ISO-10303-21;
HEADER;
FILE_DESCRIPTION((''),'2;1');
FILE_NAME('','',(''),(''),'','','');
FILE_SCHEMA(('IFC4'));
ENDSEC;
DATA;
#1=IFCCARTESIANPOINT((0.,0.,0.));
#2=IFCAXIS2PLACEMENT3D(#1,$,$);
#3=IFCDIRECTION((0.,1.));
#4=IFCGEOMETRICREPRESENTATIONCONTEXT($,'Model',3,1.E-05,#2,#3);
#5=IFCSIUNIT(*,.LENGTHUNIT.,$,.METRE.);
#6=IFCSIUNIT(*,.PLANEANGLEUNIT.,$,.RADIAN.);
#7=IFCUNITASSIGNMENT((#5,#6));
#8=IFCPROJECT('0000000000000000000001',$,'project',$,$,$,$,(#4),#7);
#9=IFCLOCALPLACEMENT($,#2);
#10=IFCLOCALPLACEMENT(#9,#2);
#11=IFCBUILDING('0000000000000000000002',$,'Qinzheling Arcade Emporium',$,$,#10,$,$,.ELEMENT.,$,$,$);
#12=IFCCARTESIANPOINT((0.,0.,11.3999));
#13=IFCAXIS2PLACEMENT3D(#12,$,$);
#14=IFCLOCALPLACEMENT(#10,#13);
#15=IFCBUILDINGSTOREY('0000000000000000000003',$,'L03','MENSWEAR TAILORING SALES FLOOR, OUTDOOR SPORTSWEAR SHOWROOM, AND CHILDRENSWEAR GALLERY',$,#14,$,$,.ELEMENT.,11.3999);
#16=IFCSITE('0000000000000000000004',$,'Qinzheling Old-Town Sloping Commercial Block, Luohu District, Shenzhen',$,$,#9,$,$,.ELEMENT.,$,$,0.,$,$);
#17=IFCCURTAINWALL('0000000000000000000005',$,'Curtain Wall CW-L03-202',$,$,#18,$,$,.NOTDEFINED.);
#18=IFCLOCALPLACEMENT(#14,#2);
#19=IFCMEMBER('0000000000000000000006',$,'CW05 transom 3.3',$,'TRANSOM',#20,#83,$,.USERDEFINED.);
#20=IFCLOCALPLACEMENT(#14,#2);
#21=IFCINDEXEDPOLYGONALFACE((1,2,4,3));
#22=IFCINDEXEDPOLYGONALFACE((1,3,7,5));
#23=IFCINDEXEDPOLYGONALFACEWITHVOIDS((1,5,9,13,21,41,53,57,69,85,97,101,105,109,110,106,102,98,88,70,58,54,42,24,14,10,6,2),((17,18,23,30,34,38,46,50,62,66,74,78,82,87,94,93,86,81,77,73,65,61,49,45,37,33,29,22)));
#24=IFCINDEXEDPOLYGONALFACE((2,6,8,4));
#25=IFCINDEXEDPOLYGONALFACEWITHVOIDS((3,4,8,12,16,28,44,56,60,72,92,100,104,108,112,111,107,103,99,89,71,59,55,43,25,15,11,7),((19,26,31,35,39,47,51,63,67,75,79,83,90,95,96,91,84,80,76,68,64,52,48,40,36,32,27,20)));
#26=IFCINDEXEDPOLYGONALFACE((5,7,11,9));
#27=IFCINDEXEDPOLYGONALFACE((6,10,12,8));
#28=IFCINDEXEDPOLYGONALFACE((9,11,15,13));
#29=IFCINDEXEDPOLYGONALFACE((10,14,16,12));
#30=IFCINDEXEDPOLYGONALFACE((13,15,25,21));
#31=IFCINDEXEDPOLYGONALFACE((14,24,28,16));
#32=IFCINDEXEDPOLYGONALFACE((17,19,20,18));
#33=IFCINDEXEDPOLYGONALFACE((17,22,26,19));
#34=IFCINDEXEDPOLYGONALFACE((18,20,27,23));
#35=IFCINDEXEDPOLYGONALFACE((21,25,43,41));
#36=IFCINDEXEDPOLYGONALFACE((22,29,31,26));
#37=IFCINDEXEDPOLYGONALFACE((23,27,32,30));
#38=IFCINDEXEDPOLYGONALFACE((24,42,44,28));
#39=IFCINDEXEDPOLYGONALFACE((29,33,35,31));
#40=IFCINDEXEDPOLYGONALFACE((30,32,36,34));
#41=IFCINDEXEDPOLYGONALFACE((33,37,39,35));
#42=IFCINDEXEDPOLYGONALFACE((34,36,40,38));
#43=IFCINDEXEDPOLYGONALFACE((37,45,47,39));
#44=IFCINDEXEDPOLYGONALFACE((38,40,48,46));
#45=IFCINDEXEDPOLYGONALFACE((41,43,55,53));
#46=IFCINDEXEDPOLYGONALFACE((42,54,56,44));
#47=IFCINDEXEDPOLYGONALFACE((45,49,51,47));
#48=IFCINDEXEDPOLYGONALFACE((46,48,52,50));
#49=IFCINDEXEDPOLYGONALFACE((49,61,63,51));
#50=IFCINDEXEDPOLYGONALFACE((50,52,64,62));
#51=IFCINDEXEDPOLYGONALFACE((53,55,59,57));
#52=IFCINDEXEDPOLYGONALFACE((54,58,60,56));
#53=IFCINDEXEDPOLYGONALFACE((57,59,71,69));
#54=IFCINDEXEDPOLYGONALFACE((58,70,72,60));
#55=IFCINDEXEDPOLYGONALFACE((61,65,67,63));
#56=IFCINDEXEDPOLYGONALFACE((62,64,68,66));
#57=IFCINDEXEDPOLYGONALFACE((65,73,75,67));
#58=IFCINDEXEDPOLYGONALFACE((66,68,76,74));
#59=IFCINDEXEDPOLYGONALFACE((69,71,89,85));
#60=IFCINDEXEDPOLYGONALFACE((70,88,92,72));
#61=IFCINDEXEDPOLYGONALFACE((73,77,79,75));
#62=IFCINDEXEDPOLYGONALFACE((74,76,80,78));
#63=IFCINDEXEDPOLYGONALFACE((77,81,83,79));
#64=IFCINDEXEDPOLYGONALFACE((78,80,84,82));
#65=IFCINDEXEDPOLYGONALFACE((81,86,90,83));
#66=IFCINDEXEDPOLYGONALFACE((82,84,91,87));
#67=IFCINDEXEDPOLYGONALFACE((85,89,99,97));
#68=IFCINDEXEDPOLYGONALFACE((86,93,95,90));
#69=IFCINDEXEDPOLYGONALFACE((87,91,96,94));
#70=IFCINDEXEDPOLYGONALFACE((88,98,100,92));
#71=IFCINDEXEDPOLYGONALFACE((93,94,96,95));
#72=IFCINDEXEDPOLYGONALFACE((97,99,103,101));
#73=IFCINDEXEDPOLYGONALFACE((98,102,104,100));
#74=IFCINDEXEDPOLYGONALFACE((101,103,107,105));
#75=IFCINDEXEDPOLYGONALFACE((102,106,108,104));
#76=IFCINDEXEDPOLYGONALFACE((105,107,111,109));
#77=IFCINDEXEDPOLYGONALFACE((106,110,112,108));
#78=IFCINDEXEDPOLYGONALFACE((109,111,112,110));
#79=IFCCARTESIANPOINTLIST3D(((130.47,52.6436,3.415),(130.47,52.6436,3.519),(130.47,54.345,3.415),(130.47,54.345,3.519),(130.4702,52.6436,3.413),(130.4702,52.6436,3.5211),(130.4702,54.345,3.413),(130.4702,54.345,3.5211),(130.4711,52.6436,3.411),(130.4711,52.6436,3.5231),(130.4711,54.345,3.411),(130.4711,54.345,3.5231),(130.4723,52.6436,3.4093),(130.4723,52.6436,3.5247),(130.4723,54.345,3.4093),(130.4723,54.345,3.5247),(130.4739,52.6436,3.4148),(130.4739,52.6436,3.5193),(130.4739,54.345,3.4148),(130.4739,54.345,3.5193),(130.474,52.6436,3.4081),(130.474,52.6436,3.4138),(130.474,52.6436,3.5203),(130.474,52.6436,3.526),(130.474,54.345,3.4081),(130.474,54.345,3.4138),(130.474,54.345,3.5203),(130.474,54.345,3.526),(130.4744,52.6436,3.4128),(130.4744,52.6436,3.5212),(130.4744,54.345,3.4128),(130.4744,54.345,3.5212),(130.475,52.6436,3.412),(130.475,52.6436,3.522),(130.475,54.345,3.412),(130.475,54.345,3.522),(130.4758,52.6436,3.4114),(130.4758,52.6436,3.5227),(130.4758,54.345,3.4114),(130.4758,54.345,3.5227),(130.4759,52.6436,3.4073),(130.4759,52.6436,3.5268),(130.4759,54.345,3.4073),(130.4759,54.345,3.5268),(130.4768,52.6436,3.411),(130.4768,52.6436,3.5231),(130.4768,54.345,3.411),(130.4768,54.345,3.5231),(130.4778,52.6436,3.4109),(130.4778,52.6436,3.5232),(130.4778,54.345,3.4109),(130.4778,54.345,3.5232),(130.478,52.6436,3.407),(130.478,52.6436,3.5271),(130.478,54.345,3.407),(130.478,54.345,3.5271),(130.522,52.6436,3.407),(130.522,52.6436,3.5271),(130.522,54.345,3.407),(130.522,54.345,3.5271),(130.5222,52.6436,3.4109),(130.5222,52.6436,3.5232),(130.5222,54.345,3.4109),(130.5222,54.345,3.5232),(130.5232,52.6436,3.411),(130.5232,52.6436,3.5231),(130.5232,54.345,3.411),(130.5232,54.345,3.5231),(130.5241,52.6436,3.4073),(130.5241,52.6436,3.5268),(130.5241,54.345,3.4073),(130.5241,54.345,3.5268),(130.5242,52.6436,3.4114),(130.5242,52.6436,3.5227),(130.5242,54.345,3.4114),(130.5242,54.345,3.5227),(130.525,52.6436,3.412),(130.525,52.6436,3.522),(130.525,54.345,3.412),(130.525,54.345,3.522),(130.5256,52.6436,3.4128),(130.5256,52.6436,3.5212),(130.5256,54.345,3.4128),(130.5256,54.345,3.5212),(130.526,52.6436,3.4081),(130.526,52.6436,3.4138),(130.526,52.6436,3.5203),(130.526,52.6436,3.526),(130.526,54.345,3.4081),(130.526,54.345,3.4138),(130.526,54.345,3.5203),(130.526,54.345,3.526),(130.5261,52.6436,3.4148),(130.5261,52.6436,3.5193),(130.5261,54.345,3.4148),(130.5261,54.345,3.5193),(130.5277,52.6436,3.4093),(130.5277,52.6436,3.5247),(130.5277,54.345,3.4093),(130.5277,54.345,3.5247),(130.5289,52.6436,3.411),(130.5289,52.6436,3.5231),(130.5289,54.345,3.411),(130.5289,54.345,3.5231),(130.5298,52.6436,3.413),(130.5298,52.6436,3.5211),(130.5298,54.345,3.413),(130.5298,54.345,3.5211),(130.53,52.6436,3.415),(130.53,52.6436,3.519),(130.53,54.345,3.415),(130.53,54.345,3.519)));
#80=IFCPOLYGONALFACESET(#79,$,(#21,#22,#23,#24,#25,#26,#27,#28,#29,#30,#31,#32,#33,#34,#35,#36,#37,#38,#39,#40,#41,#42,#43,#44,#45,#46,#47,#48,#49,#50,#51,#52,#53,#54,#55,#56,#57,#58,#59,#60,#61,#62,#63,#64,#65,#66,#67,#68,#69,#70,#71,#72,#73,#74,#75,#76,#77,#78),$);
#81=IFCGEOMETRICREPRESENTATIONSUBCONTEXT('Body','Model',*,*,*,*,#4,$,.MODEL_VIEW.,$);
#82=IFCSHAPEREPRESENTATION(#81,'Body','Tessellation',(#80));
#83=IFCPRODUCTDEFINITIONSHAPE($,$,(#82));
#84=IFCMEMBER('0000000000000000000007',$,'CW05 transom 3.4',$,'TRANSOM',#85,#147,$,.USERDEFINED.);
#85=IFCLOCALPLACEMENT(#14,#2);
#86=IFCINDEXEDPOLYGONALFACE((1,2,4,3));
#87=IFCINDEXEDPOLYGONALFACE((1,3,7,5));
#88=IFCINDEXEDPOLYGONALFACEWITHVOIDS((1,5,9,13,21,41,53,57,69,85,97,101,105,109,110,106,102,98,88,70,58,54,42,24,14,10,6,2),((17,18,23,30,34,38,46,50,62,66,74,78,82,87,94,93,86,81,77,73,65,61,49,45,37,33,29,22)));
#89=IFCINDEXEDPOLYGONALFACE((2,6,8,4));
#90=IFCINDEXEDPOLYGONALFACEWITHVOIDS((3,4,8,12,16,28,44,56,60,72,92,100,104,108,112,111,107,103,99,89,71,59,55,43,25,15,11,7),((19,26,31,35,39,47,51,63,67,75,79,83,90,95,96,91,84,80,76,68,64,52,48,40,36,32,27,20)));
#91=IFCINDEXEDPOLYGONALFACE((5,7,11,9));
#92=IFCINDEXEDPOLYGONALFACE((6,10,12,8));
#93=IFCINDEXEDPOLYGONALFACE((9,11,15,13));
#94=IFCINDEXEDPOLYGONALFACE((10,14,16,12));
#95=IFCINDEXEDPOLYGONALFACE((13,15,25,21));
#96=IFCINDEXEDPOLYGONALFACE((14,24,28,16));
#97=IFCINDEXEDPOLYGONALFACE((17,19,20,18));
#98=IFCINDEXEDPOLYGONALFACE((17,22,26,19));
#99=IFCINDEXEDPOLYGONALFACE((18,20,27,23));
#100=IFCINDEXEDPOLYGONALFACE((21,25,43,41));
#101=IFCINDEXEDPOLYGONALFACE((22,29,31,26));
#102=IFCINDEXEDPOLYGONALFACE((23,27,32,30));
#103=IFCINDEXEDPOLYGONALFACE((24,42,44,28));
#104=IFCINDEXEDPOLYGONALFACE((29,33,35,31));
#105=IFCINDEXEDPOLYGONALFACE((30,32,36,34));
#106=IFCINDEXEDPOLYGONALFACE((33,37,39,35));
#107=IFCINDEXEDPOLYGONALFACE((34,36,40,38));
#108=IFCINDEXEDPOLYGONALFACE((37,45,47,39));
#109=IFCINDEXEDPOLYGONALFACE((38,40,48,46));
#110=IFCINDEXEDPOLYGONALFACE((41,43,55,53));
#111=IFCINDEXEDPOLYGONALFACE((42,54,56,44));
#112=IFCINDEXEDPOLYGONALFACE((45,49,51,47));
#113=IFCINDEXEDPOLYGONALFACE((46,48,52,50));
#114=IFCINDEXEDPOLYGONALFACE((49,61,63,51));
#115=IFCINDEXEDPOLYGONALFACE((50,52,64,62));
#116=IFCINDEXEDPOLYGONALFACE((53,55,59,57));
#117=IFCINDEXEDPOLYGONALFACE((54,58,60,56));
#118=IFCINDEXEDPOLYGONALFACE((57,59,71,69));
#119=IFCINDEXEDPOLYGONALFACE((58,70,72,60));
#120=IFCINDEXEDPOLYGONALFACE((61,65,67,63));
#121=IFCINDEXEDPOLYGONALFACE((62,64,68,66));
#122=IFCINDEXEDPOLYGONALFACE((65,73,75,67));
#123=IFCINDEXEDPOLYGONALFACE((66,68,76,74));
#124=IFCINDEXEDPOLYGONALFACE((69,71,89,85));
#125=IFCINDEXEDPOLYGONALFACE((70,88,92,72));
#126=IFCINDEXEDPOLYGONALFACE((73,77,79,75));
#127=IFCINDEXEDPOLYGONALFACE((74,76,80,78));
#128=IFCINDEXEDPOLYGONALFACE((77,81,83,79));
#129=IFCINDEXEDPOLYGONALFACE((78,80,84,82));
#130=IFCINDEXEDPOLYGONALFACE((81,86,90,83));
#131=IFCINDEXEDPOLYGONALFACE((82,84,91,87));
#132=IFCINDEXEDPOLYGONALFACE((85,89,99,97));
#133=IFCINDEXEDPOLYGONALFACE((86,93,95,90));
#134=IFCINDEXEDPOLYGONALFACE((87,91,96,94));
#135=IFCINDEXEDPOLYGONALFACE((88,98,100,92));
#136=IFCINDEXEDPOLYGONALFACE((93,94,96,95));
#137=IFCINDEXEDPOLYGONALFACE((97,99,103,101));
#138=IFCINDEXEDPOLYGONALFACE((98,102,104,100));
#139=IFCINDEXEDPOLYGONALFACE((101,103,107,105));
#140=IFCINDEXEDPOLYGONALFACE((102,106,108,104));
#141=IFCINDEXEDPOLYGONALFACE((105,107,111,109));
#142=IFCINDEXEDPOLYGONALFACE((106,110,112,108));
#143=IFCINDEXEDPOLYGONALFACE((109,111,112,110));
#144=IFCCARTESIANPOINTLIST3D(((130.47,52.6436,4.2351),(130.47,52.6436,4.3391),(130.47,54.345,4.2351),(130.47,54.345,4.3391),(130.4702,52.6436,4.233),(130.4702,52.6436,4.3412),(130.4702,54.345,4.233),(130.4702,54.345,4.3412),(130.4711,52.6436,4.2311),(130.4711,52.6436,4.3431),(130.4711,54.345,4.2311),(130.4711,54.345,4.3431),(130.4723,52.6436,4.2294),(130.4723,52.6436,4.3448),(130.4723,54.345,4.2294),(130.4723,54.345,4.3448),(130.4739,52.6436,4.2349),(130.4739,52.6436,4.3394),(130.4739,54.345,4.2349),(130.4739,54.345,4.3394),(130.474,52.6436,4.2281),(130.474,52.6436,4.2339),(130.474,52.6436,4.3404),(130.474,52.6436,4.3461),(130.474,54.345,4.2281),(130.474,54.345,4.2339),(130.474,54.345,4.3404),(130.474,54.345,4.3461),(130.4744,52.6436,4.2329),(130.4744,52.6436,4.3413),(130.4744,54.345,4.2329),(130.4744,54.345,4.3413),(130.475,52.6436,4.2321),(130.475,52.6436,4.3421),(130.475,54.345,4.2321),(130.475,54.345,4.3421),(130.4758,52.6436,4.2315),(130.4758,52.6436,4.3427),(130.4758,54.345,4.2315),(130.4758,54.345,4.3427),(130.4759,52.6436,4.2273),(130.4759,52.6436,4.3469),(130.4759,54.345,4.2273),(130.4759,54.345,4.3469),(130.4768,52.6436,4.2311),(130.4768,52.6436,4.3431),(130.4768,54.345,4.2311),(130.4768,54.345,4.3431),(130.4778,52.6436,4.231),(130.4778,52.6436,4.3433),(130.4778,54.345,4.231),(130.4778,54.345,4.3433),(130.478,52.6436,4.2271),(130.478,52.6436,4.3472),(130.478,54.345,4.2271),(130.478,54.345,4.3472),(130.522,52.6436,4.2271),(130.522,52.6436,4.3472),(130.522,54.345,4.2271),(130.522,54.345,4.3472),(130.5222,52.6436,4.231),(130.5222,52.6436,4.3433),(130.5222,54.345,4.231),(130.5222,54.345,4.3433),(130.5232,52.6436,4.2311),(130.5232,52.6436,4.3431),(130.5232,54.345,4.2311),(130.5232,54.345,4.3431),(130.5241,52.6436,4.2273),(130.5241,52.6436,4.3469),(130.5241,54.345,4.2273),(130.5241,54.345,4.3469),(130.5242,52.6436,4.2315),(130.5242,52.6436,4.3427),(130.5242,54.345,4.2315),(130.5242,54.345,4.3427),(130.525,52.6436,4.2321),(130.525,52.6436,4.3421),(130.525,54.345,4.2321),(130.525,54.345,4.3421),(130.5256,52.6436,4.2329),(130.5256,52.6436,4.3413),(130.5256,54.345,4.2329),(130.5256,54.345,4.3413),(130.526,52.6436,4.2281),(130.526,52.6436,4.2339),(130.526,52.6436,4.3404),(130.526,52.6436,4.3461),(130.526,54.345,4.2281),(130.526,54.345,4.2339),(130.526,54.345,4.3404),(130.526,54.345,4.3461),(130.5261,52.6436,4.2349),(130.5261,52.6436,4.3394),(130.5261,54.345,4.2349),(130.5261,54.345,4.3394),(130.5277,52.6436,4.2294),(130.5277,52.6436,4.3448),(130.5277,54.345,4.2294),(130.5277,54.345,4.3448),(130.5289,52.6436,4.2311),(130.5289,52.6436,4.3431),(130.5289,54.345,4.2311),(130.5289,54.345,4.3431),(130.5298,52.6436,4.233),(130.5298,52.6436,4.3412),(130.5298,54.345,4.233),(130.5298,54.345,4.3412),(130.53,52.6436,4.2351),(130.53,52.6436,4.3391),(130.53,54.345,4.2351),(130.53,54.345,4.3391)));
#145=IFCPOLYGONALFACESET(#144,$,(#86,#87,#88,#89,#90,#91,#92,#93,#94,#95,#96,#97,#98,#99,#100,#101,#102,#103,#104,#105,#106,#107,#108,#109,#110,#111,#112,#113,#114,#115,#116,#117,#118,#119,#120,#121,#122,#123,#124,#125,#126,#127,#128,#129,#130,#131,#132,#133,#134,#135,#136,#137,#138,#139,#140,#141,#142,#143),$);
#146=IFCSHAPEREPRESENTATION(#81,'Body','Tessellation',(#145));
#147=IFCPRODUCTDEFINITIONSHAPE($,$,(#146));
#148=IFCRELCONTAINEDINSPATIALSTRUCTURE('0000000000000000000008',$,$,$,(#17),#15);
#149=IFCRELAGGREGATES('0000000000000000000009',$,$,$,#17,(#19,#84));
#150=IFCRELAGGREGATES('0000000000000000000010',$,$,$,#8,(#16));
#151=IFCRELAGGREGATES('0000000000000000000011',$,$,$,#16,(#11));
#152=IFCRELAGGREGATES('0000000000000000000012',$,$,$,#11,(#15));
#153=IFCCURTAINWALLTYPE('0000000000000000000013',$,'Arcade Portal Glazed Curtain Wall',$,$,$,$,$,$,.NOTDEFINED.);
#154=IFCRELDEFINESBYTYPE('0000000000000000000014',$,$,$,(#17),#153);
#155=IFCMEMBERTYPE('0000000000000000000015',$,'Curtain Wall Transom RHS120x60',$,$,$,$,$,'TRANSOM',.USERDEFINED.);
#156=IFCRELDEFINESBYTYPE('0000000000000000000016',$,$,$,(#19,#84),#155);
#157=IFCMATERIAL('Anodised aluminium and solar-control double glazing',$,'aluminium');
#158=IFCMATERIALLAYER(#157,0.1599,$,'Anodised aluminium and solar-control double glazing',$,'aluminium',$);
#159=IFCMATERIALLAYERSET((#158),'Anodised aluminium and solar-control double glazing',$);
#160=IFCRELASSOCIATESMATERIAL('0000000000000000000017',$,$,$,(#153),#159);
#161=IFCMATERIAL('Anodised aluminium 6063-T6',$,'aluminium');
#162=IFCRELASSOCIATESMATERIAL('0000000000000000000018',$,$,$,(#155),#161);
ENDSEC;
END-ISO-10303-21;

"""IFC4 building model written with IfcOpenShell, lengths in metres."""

from ifc_helpers import new_model, si_unit, direction, frame, origin, origin_2d, place, context, subcontext, project, spatial, hollow_rectangle, extrude, material, layer, layer_set, material_profile, profile_set, type_object, element, aggregate, save


model = new_model("IFC4")

# Units and contexts
model_context = context("Model", 3, precision=1e-05, world=origin(), true_north=direction((0.0, 1.0)))
body_context = subcontext(model_context, "Body", "Model", "MODEL_VIEW")
ifc_project = project(units=[si_unit("LENGTHUNIT", "METRE"), si_unit("PLANEANGLEUNIT", "RADIAN")], contexts=[model_context])

# Site, building, storey
site_placement = place(None, origin())
site = spatial("IfcSite", under=ifc_project, at=site_placement, Name="Qinzheling Old-Town Sloping Commercial Block, Luohu District, Shenzhen", CompositionType="ELEMENT", RefElevation=0.0)
building_placement = place(site_placement, origin())
building = spatial("IfcBuilding", under=site, at=building_placement, Name="Qinzheling Arcade Emporium", CompositionType="ELEMENT")
storey_placement = place(building_placement, frame((0.0, 0.0, 11.3999)))
storey = spatial("IfcBuildingStorey", under=building, at=storey_placement, Name="L03", Description="MENSWEAR TAILORING SALES FLOOR, OUTDOOR SPORTSWEAR SHOWROOM, AND CHILDRENSWEAR GALLERY", CompositionType="ELEMENT", Elevation=11.3999)

# Shared definitions
ifc_material_1 = material(Name="Anodised aluminium and solar-control double glazing", Category="aluminium")
ifc_layer_1 = layer(ifc_material_1, 0.1599, Name="Anodised aluminium and solar-control double glazing", Category="aluminium")
ifc_layer_set_1 = layer_set([ifc_layer_1], Name="Anodised aluminium and solar-control double glazing")
curtain_wall_type = type_object("IfcCurtainWallType", Name="Arcade Portal Glazed Curtain Wall", PredefinedType="NOTDEFINED", material=ifc_layer_set_1)
ifc_material_2 = material(Name="Anodised aluminium 6063-T6", Category="aluminium")

# Curtain wall
curtain_wall_1_placement = place(storey_placement, origin())
curtain_wall_1 = element("IfcCurtainWall", 1, at=curtain_wall_1_placement, inside=storey, type_object=curtain_wall_type, Name="Curtain Wall CW-L03-202", PredefinedType="NOTDEFINED")

# Members
ifc_material_profile_1 = material_profile(ifc_material_2, hollow_rectangle(XDim=0.0601, YDim=0.1201, WallThickness=0.0039, InnerFilletRadius=0.0039, OuterFilletRadius=0.0081, at=origin_2d()), Name="RHS 120x60x4", Category="aluminium")
ifc_profile_set_1 = profile_set([ifc_material_profile_1], Name="Anodised aluminium 6063-T6")
member_type_1 = type_object("IfcMemberType", Name="Curtain Wall Transom RHS120x60", ElementType="TRANSOM", PredefinedType="USERDEFINED", material=ifc_profile_set_1)
member_1_placement = place(storey_placement, frame((130.5, 54.345, 3.467), z_axis=(0.0, -1.0, 0.0), x_axis=(1.0, 0.0, 0.0)))
member_1 = element("IfcMember", 2, at=member_1_placement, type_object=member_type_1, Name="CW05 transom 3.3", ObjectType="TRANSOM", PredefinedType="USERDEFINED", context=body_context, shape_type="SweptSolid", body=[
    extrude(hollow_rectangle(XDim=0.0601, YDim=0.1201, WallThickness=0.0039, InnerFilletRadius=0.0039, OuterFilletRadius=0.0081, at=origin_2d()), origin(), (0.0, 0.0, 1.0), 1.7014),
])
member_2_placement = place(storey_placement, frame((130.5, 54.345, 4.2871), z_axis=(0.0, -1.0, 0.0), x_axis=(1.0, 0.0, 0.0)))
member_2 = element("IfcMember", 3, at=member_2_placement, type_object=member_type_1, Name="CW05 transom 3.4", ObjectType="TRANSOM", PredefinedType="USERDEFINED", context=body_context, shape_type="SweptSolid", body=[
    extrude(hollow_rectangle(XDim=0.0601, YDim=0.1201, WallThickness=0.0039, InnerFilletRadius=0.0039, OuterFilletRadius=0.0081, at=origin_2d()), origin(), (0.0, 0.0, 1.0), 1.7014),
])

aggregate(curtain_wall_1, [member_1, member_2])

save(model, "model.ifc")
